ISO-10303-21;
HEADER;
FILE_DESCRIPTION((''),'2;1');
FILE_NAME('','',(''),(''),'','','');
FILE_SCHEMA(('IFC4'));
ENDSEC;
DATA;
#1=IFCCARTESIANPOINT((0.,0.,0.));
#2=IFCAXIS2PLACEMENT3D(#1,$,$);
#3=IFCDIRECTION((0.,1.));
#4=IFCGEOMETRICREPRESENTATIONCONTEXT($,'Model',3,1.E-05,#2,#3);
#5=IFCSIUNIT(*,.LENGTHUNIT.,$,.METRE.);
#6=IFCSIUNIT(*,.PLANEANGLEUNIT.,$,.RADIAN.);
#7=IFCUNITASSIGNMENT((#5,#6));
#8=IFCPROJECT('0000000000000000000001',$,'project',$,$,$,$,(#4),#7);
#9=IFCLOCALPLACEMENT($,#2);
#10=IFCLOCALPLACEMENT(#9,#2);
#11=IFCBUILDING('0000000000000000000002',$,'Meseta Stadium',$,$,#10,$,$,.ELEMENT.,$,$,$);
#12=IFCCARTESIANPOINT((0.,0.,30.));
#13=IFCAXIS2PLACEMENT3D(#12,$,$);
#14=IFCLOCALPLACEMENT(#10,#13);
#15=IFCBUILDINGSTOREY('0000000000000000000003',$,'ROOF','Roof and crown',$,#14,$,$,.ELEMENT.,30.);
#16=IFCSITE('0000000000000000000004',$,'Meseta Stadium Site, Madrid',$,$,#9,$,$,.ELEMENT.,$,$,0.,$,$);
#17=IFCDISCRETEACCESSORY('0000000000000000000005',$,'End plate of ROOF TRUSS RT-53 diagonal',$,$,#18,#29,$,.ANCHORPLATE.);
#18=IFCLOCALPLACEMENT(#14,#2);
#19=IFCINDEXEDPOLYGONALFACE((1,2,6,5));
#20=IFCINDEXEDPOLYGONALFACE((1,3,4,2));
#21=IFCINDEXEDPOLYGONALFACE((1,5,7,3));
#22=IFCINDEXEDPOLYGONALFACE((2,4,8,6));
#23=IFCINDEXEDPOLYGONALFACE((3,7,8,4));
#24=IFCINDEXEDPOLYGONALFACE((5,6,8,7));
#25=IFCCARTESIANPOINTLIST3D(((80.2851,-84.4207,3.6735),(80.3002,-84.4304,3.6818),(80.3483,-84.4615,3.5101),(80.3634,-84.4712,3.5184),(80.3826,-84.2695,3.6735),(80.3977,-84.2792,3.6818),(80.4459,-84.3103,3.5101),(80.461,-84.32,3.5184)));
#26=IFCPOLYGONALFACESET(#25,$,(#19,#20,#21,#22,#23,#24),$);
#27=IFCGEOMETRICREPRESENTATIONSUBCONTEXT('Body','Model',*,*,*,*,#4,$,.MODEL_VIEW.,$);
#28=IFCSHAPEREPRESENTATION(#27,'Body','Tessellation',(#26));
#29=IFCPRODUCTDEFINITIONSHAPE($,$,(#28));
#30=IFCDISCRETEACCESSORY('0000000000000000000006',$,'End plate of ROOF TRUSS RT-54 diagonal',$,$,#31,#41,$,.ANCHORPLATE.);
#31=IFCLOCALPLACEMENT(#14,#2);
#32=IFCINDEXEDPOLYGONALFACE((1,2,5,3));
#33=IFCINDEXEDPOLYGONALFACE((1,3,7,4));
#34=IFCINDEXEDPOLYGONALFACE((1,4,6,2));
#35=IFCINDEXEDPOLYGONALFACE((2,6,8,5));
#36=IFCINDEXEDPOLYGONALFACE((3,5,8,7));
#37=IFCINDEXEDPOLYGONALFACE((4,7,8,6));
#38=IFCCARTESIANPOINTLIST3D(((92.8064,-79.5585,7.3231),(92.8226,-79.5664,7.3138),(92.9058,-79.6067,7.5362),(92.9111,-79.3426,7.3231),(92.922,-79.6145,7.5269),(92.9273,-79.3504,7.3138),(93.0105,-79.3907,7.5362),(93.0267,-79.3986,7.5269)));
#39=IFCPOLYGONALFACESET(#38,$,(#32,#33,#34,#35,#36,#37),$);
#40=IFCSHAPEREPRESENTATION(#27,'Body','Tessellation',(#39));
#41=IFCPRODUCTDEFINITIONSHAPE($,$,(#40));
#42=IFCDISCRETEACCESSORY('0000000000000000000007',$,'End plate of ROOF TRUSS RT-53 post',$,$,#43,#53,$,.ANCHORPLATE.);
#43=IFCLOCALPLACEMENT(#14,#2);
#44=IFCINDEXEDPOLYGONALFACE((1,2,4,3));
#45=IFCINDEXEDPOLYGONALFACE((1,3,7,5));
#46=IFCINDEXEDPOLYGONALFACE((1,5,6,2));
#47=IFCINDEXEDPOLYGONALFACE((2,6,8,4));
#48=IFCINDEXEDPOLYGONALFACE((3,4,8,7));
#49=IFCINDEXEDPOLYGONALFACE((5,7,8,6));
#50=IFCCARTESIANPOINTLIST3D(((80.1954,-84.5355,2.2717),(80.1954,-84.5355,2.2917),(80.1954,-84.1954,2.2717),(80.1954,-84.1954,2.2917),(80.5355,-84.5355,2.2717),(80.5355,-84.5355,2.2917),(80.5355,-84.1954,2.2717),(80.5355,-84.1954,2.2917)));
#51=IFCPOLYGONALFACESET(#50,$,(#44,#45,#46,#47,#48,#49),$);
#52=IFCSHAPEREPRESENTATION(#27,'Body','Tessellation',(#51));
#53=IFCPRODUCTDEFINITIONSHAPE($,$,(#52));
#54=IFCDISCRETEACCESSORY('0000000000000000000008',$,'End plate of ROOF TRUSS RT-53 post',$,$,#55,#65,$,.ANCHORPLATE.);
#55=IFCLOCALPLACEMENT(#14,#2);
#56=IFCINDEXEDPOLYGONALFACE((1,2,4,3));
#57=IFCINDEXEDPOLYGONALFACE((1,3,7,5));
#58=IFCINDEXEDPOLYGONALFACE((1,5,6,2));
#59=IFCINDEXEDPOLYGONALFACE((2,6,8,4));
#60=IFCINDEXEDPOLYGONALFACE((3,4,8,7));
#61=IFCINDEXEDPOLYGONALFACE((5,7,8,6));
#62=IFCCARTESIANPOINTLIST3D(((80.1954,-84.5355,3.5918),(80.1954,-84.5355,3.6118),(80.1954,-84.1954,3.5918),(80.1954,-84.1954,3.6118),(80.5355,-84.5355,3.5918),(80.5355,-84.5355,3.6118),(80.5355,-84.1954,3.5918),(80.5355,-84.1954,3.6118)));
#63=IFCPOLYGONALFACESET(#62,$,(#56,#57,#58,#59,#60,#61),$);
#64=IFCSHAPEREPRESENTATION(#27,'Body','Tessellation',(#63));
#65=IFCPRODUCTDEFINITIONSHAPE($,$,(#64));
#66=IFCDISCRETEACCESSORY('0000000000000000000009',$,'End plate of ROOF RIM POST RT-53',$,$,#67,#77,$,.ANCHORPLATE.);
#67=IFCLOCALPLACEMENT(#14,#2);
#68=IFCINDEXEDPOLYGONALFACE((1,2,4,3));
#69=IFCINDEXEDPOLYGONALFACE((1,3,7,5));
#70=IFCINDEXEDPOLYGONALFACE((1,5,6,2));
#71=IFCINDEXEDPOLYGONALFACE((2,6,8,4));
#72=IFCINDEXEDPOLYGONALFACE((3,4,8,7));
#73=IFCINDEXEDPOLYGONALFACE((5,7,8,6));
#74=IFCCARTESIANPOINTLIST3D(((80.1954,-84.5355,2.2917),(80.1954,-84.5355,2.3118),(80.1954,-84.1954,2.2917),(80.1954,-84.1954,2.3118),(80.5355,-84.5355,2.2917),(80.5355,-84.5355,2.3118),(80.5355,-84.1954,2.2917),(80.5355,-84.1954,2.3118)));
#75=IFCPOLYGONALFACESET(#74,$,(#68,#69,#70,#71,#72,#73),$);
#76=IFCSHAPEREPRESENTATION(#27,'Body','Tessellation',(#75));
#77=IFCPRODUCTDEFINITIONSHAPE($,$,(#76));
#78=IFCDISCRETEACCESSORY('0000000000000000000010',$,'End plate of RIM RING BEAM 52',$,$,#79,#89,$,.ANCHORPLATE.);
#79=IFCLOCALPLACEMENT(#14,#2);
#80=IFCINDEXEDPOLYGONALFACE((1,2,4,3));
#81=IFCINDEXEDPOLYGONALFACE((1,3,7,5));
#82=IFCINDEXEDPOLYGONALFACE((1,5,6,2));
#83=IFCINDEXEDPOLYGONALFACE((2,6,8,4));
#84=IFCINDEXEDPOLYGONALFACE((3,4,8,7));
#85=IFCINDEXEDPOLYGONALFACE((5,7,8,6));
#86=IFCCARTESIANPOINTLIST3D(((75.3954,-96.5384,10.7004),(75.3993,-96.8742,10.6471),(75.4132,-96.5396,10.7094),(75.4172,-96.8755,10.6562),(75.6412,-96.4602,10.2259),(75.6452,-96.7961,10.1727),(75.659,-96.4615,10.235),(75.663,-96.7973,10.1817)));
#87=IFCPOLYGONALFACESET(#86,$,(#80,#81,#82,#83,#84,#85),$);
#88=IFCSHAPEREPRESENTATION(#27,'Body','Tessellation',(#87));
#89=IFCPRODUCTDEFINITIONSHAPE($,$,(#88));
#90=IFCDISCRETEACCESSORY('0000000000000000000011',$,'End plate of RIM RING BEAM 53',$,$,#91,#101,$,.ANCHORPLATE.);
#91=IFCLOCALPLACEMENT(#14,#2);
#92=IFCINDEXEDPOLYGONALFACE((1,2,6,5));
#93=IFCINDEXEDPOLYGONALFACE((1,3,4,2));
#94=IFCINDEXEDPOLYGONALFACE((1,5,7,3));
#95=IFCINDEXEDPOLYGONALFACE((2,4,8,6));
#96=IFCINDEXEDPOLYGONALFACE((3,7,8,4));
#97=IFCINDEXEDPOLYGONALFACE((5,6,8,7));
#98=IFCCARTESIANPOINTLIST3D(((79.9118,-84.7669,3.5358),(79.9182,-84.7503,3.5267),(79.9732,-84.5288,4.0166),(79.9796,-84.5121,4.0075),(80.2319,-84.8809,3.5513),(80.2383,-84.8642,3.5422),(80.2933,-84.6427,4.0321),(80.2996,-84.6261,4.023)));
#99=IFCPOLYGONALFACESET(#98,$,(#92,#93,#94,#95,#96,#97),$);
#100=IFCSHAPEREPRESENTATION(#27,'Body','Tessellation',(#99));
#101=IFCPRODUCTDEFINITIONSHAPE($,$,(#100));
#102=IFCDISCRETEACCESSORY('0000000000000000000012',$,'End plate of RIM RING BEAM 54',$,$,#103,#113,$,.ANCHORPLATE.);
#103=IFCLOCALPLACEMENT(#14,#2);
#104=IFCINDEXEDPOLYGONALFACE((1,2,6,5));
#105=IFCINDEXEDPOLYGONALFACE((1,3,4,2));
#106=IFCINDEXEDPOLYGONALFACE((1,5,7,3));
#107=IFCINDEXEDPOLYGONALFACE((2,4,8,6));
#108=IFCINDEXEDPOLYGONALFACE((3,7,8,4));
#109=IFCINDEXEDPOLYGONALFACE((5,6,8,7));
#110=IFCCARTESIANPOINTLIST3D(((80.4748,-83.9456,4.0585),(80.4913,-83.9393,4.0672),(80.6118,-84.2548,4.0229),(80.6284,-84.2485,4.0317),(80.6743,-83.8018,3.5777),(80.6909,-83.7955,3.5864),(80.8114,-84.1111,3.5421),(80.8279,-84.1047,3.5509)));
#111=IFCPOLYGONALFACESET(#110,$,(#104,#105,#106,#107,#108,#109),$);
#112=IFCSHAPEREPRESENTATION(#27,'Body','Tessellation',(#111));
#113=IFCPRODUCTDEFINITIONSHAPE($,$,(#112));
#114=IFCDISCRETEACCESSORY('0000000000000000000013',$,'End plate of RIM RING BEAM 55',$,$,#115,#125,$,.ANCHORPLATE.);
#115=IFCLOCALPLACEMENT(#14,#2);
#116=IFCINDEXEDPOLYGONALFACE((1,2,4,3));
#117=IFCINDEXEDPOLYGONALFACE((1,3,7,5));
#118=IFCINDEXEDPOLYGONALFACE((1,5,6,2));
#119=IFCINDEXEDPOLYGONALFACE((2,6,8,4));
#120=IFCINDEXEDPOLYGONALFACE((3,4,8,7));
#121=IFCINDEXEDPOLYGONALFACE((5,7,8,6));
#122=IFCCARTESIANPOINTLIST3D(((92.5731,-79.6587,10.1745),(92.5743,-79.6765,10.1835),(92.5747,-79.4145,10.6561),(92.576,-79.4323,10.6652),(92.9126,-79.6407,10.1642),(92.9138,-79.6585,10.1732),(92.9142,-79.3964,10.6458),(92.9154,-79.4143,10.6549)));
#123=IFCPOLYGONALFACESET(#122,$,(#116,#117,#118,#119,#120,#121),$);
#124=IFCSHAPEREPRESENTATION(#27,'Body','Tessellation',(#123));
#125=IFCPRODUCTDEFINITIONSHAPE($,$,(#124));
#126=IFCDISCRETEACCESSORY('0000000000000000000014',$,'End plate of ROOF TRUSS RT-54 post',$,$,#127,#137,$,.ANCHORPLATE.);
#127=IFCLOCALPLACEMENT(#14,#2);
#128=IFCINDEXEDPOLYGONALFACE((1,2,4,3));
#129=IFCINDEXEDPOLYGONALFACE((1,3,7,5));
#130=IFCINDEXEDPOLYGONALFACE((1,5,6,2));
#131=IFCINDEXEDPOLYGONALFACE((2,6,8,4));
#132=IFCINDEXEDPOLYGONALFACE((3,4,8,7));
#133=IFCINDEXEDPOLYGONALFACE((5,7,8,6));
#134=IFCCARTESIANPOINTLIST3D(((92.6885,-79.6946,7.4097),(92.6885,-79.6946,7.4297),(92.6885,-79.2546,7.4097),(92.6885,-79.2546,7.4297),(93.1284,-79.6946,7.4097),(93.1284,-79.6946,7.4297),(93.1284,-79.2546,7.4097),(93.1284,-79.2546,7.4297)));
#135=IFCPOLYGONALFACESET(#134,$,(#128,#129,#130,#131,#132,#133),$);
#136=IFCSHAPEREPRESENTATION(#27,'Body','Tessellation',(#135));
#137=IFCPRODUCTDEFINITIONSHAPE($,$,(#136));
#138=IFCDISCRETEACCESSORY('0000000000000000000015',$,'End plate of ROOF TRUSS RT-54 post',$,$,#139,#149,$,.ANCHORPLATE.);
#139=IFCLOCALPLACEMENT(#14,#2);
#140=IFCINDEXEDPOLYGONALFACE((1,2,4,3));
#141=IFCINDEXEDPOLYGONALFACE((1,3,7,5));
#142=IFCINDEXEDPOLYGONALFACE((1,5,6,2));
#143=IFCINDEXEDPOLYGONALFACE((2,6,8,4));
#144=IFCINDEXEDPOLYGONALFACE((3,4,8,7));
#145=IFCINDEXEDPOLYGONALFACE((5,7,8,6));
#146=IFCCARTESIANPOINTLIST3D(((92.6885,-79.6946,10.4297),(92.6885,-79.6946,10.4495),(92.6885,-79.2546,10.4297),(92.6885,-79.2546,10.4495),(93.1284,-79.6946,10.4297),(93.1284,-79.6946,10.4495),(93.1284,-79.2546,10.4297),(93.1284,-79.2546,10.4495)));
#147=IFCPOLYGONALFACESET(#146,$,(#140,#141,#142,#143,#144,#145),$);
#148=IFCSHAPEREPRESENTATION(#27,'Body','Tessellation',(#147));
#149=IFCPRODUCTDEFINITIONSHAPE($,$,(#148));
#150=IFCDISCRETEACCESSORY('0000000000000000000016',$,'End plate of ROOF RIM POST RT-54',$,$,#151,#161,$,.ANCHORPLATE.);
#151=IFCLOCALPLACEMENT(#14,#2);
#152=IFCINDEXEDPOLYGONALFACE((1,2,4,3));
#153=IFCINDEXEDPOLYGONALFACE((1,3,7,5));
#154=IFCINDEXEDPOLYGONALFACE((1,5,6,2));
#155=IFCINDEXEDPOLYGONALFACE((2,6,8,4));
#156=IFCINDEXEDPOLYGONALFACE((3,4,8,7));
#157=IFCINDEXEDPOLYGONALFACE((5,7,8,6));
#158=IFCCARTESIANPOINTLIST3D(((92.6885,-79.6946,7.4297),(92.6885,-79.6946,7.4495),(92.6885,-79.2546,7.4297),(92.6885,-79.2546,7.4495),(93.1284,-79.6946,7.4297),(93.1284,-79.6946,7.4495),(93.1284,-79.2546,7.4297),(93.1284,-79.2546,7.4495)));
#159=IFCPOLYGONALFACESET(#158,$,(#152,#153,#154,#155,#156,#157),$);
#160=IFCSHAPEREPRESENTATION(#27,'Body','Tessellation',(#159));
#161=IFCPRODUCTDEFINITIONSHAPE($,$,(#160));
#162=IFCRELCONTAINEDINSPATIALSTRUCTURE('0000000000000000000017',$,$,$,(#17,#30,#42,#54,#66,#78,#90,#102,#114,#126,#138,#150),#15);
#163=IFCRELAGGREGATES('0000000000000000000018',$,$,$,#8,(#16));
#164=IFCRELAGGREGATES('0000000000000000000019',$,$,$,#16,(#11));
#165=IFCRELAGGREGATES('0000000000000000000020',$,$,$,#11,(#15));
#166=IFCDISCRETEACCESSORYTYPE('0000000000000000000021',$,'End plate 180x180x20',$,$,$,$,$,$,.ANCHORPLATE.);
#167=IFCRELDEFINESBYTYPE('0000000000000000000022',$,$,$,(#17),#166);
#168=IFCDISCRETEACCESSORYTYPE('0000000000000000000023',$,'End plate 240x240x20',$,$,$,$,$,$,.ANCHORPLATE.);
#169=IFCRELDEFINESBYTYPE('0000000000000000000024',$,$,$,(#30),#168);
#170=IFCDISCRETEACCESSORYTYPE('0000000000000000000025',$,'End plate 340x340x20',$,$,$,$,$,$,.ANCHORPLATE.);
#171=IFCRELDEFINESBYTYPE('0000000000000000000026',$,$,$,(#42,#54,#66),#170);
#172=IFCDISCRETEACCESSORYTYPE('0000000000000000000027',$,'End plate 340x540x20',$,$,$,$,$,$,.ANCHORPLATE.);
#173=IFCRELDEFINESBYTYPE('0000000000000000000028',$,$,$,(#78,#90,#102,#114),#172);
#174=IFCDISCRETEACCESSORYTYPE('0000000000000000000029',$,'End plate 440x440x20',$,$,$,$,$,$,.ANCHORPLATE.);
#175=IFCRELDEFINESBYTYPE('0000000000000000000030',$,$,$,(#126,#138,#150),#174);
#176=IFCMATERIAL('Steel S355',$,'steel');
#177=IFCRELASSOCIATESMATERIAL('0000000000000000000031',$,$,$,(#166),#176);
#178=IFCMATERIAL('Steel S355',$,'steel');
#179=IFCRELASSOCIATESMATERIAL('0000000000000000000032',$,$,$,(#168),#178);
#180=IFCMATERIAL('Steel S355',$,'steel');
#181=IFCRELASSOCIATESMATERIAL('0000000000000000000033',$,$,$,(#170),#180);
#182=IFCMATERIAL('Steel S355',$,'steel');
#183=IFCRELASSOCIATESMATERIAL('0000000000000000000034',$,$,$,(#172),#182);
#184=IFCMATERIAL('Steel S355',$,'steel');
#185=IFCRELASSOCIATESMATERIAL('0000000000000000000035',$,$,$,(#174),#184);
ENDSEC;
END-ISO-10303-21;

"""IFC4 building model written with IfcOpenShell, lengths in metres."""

from ifc_helpers import new_model, si_unit, direction, frame, origin, origin_2d, place, context, subcontext, project, spatial, rectangle, extrude, material, material_profile, profile_set, type_object, element, save


model = new_model("IFC4")

# Units and contexts
model_context = context("Model", 3, precision=1e-05, world=origin(), true_north=direction((0.0, 1.0)))
body_context = subcontext(model_context, "Body", "Model", "MODEL_VIEW")
ifc_project = project(units=[si_unit("LENGTHUNIT", "METRE"), si_unit("PLANEANGLEUNIT", "RADIAN")], contexts=[model_context])

# Site, building, storey
site_placement = place(None, origin())
site = spatial("IfcSite", under=ifc_project, at=site_placement, Name="Meseta Stadium Site, Madrid", CompositionType="ELEMENT", RefElevation=0.0)
building_placement = place(site_placement, origin())
building = spatial("IfcBuilding", under=site, at=building_placement, Name="Meseta Stadium", CompositionType="ELEMENT")
storey_placement = place(building_placement, frame((0.0, 0.0, 30.0)))
storey = spatial("IfcBuildingStorey", under=building, at=storey_placement, Name="ROOF", Description="Roof and crown", CompositionType="ELEMENT", Elevation=30.0)

# Discrete accessories
ifc_material_1 = material(Name="Steel S355", Category="steel")
ifc_material_profile_1 = material_profile(ifc_material_1, rectangle(XDim=0.1799, YDim=0.1799, at=origin_2d()), Name="PL 180x180")
ifc_profile_set_1 = profile_set([ifc_material_profile_1], Name="Steel S355")
discrete_accessory_type_1 = type_object("IfcDiscreteAccessoryType", Name="End plate 180x180x20", PredefinedType="ANCHORPLATE", material=ifc_profile_set_1)
discrete_accessory_1_placement = place(storey_placement, frame((80.3655, -84.3655, 3.5918), z_axis=(0.763167, -0.492366, 0.418511), x_axis=(0.542127, 0.840297, 0.0)))
element("IfcDiscreteAccessory", 1, at=discrete_accessory_1_placement, inside=storey, type_object=discrete_accessory_type_1, Name="End plate of ROOF TRUSS RT-53 diagonal", PredefinedType="ANCHORPLATE", context=body_context, shape_type="SweptSolid", body=[
    extrude(rectangle(XDim=0.1799, YDim=0.1799, at=origin_2d()), origin(), (0.0, 0.0, 1.0), 0.0198),
])
ifc_material_2 = material(Name="Steel S355", Category="steel")
ifc_material_profile_2 = material_profile(ifc_material_2, rectangle(XDim=0.24, YDim=0.24, at=origin_2d()), Name="PL 240x240")
ifc_profile_set_2 = profile_set([ifc_material_profile_2], Name="Steel S355")
discrete_accessory_type_2 = type_object("IfcDiscreteAccessoryType", Name="End plate 240x240x20", PredefinedType="ANCHORPLATE", material=ifc_profile_set_2)
discrete_accessory_2_placement = place(storey_placement, frame((92.9084, -79.4746, 7.4297), z_axis=(0.798959, -0.387374, -0.460007), x_axis=(0.436274, 0.899814, 0.0)))
element("IfcDiscreteAccessory", 2, at=discrete_accessory_2_placement, inside=storey, type_object=discrete_accessory_type_2, Name="End plate of ROOF TRUSS RT-54 diagonal", PredefinedType="ANCHORPLATE", context=body_context, shape_type="SweptSolid", body=[
    extrude(rectangle(XDim=0.24, YDim=0.24, at=origin_2d()), origin(), (0.0, 0.0, 1.0), 0.0203),
])
ifc_material_3 = material(Name="Steel S355", Category="steel")
ifc_material_profile_3 = material_profile(ifc_material_3, rectangle(XDim=0.3401, YDim=0.3401, at=origin_2d()), Name="PL 340x340")
ifc_profile_set_3 = profile_set([ifc_material_profile_3], Name="Steel S355")
discrete_accessory_type_3 = type_object("IfcDiscreteAccessoryType", Name="End plate 340x340x20", PredefinedType="ANCHORPLATE", material=ifc_profile_set_3)
for number, where, z_axis, x_axis, name in (
    (3, (80.3655, -84.3655, 2.2717), (0.0, 0.0, 1.0), (1.0, 0.0, 0.0), "End plate of ROOF TRUSS RT-53 post"),
    (4, (80.3655, -84.3655, 3.5918), (0.0, 0.0, 1.0), (1.0, 0.0, 0.0), "End plate of ROOF TRUSS RT-53 post"),
    (5, (80.3655, -84.3655, 2.2917), (0.0, 0.0, 1.0), (1.0, 0.0, 0.0), "End plate of ROOF RIM POST RT-53"),
):
    element("IfcDiscreteAccessory", number, at=place(storey_placement, frame(where, z_axis=z_axis, x_axis=x_axis)), inside=storey, type_object=discrete_accessory_type_3, Name=name, PredefinedType="ANCHORPLATE", context=body_context, shape_type="SweptSolid", body=[
        extrude(rectangle(XDim=0.3401, YDim=0.3401, at=origin_2d()), origin(), (0.0, 0.0, 1.0), 0.02),
    ])
ifc_material_4 = material(Name="Steel S355", Category="steel")
ifc_material_profile_4 = material_profile(ifc_material_4, rectangle(XDim=0.3401, YDim=0.54, at=origin_2d()), Name="PL 340x540")
ifc_profile_set_4 = profile_set([ifc_material_profile_4], Name="Steel S355")
discrete_accessory_type_4 = type_object("IfcDiscreteAccessoryType", Name="End plate 340x540x20", PredefinedType="ANCHORPLATE", material=ifc_profile_set_4)
for number, where, z_axis, x_axis, name in (
    (6, (75.5203, -96.6672, 10.4365), (0.89031, -0.06098, 0.451253), (-0.011705, 0.9876, 0.156552), "End plate of RIM RING BEAM 52"),
    (7, (80.1025, -84.7048, 3.7839), (0.318378, 0.832681, -0.453076), (-0.941123, 0.334955, -0.045737), "End plate of RIM RING BEAM 53"),
):
    element("IfcDiscreteAccessory", number, at=place(storey_placement, frame(where, z_axis=z_axis, x_axis=x_axis)), inside=storey, type_object=discrete_accessory_type_4, Name=name, PredefinedType="ANCHORPLATE", context=body_context, shape_type="SweptSolid", body=[
        extrude(rectangle(XDim=0.3401, YDim=0.54, at=origin_2d()), origin(), (0.0, 0.0, 1.0), 0.02),
    ])
discrete_accessory_3_placement = place(storey_placement, frame((80.6431, -84.0283, 3.8003), z_axis=(0.837276, 0.320135, 0.443264), x_axis=(-0.402995, 0.90921, 0.104561)))
element("IfcDiscreteAccessory", 8, at=discrete_accessory_3_placement, inside=storey, type_object=discrete_accessory_type_4, Name="End plate of RIM RING BEAM 54", PredefinedType="ANCHORPLATE", context=body_context, shape_type="SweptSolid", body=[
    extrude(rectangle(XDim=0.3401, YDim=0.54, at=origin_2d()), origin(), (0.0, 0.0, 1.0), 0.0198),
])
discrete_accessory_4_placement = place(storey_placement, frame((92.7449, -79.5454, 10.4192), z_axis=(-0.06098, 0.89031, -0.451253), x_axis=(-0.998135, -0.053042, 0.030233)))
element("IfcDiscreteAccessory", 9, at=discrete_accessory_4_placement, inside=storey, type_object=discrete_accessory_type_4, Name="End plate of RIM RING BEAM 55", PredefinedType="ANCHORPLATE", context=body_context, shape_type="SweptSolid", body=[
    extrude(rectangle(XDim=0.3401, YDim=0.54, at=origin_2d()), origin(), (0.0, 0.0, 1.0), 0.02),
])
ifc_material_5 = material(Name="Steel S355", Category="steel")
ifc_material_profile_5 = material_profile(ifc_material_5, rectangle(XDim=0.4399, YDim=0.4399, at=origin_2d()), Name="PL 440x440")
ifc_profile_set_5 = profile_set([ifc_material_profile_5], Name="Steel S355")
discrete_accessory_type_5 = type_object("IfcDiscreteAccessoryType", Name="End plate 440x440x20", PredefinedType="ANCHORPLATE", material=ifc_profile_set_5)
discrete_accessory_5_placement = place(storey_placement, frame((92.9084, -79.4746, 7.4097), z_axis=(0.0, 0.0, 1.0), x_axis=(1.0, 0.0, 0.0)))
element("IfcDiscreteAccessory", 10, at=discrete_accessory_5_placement, inside=storey, type_object=discrete_accessory_type_5, Name="End plate of ROOF TRUSS RT-54 post", PredefinedType="ANCHORPLATE", context=body_context, shape_type="SweptSolid", body=[
    extrude(rectangle(XDim=0.4399, YDim=0.4399, at=origin_2d()), origin(), (0.0, 0.0, 1.0), 0.02),
])
for number, where, z_axis, x_axis, name in (
    (11, (92.9084, -79.4746, 10.4297), (0.0, 0.0, 1.0), (1.0, 0.0, 0.0), "End plate of ROOF TRUSS RT-54 post"),
    (12, (92.9084, -79.4746, 7.4297), (0.0, 0.0, 1.0), (1.0, 0.0, 0.0), "End plate of ROOF RIM POST RT-54"),
):
    element("IfcDiscreteAccessory", number, at=place(storey_placement, frame(where, z_axis=z_axis, x_axis=x_axis)), inside=storey, type_object=discrete_accessory_type_5, Name=name, PredefinedType="ANCHORPLATE", context=body_context, shape_type="SweptSolid", body=[
        extrude(rectangle(XDim=0.4399, YDim=0.4399, at=origin_2d()), origin(), (0.0, 0.0, 1.0), 0.0198),
    ])

save(model, "model.ifc")
